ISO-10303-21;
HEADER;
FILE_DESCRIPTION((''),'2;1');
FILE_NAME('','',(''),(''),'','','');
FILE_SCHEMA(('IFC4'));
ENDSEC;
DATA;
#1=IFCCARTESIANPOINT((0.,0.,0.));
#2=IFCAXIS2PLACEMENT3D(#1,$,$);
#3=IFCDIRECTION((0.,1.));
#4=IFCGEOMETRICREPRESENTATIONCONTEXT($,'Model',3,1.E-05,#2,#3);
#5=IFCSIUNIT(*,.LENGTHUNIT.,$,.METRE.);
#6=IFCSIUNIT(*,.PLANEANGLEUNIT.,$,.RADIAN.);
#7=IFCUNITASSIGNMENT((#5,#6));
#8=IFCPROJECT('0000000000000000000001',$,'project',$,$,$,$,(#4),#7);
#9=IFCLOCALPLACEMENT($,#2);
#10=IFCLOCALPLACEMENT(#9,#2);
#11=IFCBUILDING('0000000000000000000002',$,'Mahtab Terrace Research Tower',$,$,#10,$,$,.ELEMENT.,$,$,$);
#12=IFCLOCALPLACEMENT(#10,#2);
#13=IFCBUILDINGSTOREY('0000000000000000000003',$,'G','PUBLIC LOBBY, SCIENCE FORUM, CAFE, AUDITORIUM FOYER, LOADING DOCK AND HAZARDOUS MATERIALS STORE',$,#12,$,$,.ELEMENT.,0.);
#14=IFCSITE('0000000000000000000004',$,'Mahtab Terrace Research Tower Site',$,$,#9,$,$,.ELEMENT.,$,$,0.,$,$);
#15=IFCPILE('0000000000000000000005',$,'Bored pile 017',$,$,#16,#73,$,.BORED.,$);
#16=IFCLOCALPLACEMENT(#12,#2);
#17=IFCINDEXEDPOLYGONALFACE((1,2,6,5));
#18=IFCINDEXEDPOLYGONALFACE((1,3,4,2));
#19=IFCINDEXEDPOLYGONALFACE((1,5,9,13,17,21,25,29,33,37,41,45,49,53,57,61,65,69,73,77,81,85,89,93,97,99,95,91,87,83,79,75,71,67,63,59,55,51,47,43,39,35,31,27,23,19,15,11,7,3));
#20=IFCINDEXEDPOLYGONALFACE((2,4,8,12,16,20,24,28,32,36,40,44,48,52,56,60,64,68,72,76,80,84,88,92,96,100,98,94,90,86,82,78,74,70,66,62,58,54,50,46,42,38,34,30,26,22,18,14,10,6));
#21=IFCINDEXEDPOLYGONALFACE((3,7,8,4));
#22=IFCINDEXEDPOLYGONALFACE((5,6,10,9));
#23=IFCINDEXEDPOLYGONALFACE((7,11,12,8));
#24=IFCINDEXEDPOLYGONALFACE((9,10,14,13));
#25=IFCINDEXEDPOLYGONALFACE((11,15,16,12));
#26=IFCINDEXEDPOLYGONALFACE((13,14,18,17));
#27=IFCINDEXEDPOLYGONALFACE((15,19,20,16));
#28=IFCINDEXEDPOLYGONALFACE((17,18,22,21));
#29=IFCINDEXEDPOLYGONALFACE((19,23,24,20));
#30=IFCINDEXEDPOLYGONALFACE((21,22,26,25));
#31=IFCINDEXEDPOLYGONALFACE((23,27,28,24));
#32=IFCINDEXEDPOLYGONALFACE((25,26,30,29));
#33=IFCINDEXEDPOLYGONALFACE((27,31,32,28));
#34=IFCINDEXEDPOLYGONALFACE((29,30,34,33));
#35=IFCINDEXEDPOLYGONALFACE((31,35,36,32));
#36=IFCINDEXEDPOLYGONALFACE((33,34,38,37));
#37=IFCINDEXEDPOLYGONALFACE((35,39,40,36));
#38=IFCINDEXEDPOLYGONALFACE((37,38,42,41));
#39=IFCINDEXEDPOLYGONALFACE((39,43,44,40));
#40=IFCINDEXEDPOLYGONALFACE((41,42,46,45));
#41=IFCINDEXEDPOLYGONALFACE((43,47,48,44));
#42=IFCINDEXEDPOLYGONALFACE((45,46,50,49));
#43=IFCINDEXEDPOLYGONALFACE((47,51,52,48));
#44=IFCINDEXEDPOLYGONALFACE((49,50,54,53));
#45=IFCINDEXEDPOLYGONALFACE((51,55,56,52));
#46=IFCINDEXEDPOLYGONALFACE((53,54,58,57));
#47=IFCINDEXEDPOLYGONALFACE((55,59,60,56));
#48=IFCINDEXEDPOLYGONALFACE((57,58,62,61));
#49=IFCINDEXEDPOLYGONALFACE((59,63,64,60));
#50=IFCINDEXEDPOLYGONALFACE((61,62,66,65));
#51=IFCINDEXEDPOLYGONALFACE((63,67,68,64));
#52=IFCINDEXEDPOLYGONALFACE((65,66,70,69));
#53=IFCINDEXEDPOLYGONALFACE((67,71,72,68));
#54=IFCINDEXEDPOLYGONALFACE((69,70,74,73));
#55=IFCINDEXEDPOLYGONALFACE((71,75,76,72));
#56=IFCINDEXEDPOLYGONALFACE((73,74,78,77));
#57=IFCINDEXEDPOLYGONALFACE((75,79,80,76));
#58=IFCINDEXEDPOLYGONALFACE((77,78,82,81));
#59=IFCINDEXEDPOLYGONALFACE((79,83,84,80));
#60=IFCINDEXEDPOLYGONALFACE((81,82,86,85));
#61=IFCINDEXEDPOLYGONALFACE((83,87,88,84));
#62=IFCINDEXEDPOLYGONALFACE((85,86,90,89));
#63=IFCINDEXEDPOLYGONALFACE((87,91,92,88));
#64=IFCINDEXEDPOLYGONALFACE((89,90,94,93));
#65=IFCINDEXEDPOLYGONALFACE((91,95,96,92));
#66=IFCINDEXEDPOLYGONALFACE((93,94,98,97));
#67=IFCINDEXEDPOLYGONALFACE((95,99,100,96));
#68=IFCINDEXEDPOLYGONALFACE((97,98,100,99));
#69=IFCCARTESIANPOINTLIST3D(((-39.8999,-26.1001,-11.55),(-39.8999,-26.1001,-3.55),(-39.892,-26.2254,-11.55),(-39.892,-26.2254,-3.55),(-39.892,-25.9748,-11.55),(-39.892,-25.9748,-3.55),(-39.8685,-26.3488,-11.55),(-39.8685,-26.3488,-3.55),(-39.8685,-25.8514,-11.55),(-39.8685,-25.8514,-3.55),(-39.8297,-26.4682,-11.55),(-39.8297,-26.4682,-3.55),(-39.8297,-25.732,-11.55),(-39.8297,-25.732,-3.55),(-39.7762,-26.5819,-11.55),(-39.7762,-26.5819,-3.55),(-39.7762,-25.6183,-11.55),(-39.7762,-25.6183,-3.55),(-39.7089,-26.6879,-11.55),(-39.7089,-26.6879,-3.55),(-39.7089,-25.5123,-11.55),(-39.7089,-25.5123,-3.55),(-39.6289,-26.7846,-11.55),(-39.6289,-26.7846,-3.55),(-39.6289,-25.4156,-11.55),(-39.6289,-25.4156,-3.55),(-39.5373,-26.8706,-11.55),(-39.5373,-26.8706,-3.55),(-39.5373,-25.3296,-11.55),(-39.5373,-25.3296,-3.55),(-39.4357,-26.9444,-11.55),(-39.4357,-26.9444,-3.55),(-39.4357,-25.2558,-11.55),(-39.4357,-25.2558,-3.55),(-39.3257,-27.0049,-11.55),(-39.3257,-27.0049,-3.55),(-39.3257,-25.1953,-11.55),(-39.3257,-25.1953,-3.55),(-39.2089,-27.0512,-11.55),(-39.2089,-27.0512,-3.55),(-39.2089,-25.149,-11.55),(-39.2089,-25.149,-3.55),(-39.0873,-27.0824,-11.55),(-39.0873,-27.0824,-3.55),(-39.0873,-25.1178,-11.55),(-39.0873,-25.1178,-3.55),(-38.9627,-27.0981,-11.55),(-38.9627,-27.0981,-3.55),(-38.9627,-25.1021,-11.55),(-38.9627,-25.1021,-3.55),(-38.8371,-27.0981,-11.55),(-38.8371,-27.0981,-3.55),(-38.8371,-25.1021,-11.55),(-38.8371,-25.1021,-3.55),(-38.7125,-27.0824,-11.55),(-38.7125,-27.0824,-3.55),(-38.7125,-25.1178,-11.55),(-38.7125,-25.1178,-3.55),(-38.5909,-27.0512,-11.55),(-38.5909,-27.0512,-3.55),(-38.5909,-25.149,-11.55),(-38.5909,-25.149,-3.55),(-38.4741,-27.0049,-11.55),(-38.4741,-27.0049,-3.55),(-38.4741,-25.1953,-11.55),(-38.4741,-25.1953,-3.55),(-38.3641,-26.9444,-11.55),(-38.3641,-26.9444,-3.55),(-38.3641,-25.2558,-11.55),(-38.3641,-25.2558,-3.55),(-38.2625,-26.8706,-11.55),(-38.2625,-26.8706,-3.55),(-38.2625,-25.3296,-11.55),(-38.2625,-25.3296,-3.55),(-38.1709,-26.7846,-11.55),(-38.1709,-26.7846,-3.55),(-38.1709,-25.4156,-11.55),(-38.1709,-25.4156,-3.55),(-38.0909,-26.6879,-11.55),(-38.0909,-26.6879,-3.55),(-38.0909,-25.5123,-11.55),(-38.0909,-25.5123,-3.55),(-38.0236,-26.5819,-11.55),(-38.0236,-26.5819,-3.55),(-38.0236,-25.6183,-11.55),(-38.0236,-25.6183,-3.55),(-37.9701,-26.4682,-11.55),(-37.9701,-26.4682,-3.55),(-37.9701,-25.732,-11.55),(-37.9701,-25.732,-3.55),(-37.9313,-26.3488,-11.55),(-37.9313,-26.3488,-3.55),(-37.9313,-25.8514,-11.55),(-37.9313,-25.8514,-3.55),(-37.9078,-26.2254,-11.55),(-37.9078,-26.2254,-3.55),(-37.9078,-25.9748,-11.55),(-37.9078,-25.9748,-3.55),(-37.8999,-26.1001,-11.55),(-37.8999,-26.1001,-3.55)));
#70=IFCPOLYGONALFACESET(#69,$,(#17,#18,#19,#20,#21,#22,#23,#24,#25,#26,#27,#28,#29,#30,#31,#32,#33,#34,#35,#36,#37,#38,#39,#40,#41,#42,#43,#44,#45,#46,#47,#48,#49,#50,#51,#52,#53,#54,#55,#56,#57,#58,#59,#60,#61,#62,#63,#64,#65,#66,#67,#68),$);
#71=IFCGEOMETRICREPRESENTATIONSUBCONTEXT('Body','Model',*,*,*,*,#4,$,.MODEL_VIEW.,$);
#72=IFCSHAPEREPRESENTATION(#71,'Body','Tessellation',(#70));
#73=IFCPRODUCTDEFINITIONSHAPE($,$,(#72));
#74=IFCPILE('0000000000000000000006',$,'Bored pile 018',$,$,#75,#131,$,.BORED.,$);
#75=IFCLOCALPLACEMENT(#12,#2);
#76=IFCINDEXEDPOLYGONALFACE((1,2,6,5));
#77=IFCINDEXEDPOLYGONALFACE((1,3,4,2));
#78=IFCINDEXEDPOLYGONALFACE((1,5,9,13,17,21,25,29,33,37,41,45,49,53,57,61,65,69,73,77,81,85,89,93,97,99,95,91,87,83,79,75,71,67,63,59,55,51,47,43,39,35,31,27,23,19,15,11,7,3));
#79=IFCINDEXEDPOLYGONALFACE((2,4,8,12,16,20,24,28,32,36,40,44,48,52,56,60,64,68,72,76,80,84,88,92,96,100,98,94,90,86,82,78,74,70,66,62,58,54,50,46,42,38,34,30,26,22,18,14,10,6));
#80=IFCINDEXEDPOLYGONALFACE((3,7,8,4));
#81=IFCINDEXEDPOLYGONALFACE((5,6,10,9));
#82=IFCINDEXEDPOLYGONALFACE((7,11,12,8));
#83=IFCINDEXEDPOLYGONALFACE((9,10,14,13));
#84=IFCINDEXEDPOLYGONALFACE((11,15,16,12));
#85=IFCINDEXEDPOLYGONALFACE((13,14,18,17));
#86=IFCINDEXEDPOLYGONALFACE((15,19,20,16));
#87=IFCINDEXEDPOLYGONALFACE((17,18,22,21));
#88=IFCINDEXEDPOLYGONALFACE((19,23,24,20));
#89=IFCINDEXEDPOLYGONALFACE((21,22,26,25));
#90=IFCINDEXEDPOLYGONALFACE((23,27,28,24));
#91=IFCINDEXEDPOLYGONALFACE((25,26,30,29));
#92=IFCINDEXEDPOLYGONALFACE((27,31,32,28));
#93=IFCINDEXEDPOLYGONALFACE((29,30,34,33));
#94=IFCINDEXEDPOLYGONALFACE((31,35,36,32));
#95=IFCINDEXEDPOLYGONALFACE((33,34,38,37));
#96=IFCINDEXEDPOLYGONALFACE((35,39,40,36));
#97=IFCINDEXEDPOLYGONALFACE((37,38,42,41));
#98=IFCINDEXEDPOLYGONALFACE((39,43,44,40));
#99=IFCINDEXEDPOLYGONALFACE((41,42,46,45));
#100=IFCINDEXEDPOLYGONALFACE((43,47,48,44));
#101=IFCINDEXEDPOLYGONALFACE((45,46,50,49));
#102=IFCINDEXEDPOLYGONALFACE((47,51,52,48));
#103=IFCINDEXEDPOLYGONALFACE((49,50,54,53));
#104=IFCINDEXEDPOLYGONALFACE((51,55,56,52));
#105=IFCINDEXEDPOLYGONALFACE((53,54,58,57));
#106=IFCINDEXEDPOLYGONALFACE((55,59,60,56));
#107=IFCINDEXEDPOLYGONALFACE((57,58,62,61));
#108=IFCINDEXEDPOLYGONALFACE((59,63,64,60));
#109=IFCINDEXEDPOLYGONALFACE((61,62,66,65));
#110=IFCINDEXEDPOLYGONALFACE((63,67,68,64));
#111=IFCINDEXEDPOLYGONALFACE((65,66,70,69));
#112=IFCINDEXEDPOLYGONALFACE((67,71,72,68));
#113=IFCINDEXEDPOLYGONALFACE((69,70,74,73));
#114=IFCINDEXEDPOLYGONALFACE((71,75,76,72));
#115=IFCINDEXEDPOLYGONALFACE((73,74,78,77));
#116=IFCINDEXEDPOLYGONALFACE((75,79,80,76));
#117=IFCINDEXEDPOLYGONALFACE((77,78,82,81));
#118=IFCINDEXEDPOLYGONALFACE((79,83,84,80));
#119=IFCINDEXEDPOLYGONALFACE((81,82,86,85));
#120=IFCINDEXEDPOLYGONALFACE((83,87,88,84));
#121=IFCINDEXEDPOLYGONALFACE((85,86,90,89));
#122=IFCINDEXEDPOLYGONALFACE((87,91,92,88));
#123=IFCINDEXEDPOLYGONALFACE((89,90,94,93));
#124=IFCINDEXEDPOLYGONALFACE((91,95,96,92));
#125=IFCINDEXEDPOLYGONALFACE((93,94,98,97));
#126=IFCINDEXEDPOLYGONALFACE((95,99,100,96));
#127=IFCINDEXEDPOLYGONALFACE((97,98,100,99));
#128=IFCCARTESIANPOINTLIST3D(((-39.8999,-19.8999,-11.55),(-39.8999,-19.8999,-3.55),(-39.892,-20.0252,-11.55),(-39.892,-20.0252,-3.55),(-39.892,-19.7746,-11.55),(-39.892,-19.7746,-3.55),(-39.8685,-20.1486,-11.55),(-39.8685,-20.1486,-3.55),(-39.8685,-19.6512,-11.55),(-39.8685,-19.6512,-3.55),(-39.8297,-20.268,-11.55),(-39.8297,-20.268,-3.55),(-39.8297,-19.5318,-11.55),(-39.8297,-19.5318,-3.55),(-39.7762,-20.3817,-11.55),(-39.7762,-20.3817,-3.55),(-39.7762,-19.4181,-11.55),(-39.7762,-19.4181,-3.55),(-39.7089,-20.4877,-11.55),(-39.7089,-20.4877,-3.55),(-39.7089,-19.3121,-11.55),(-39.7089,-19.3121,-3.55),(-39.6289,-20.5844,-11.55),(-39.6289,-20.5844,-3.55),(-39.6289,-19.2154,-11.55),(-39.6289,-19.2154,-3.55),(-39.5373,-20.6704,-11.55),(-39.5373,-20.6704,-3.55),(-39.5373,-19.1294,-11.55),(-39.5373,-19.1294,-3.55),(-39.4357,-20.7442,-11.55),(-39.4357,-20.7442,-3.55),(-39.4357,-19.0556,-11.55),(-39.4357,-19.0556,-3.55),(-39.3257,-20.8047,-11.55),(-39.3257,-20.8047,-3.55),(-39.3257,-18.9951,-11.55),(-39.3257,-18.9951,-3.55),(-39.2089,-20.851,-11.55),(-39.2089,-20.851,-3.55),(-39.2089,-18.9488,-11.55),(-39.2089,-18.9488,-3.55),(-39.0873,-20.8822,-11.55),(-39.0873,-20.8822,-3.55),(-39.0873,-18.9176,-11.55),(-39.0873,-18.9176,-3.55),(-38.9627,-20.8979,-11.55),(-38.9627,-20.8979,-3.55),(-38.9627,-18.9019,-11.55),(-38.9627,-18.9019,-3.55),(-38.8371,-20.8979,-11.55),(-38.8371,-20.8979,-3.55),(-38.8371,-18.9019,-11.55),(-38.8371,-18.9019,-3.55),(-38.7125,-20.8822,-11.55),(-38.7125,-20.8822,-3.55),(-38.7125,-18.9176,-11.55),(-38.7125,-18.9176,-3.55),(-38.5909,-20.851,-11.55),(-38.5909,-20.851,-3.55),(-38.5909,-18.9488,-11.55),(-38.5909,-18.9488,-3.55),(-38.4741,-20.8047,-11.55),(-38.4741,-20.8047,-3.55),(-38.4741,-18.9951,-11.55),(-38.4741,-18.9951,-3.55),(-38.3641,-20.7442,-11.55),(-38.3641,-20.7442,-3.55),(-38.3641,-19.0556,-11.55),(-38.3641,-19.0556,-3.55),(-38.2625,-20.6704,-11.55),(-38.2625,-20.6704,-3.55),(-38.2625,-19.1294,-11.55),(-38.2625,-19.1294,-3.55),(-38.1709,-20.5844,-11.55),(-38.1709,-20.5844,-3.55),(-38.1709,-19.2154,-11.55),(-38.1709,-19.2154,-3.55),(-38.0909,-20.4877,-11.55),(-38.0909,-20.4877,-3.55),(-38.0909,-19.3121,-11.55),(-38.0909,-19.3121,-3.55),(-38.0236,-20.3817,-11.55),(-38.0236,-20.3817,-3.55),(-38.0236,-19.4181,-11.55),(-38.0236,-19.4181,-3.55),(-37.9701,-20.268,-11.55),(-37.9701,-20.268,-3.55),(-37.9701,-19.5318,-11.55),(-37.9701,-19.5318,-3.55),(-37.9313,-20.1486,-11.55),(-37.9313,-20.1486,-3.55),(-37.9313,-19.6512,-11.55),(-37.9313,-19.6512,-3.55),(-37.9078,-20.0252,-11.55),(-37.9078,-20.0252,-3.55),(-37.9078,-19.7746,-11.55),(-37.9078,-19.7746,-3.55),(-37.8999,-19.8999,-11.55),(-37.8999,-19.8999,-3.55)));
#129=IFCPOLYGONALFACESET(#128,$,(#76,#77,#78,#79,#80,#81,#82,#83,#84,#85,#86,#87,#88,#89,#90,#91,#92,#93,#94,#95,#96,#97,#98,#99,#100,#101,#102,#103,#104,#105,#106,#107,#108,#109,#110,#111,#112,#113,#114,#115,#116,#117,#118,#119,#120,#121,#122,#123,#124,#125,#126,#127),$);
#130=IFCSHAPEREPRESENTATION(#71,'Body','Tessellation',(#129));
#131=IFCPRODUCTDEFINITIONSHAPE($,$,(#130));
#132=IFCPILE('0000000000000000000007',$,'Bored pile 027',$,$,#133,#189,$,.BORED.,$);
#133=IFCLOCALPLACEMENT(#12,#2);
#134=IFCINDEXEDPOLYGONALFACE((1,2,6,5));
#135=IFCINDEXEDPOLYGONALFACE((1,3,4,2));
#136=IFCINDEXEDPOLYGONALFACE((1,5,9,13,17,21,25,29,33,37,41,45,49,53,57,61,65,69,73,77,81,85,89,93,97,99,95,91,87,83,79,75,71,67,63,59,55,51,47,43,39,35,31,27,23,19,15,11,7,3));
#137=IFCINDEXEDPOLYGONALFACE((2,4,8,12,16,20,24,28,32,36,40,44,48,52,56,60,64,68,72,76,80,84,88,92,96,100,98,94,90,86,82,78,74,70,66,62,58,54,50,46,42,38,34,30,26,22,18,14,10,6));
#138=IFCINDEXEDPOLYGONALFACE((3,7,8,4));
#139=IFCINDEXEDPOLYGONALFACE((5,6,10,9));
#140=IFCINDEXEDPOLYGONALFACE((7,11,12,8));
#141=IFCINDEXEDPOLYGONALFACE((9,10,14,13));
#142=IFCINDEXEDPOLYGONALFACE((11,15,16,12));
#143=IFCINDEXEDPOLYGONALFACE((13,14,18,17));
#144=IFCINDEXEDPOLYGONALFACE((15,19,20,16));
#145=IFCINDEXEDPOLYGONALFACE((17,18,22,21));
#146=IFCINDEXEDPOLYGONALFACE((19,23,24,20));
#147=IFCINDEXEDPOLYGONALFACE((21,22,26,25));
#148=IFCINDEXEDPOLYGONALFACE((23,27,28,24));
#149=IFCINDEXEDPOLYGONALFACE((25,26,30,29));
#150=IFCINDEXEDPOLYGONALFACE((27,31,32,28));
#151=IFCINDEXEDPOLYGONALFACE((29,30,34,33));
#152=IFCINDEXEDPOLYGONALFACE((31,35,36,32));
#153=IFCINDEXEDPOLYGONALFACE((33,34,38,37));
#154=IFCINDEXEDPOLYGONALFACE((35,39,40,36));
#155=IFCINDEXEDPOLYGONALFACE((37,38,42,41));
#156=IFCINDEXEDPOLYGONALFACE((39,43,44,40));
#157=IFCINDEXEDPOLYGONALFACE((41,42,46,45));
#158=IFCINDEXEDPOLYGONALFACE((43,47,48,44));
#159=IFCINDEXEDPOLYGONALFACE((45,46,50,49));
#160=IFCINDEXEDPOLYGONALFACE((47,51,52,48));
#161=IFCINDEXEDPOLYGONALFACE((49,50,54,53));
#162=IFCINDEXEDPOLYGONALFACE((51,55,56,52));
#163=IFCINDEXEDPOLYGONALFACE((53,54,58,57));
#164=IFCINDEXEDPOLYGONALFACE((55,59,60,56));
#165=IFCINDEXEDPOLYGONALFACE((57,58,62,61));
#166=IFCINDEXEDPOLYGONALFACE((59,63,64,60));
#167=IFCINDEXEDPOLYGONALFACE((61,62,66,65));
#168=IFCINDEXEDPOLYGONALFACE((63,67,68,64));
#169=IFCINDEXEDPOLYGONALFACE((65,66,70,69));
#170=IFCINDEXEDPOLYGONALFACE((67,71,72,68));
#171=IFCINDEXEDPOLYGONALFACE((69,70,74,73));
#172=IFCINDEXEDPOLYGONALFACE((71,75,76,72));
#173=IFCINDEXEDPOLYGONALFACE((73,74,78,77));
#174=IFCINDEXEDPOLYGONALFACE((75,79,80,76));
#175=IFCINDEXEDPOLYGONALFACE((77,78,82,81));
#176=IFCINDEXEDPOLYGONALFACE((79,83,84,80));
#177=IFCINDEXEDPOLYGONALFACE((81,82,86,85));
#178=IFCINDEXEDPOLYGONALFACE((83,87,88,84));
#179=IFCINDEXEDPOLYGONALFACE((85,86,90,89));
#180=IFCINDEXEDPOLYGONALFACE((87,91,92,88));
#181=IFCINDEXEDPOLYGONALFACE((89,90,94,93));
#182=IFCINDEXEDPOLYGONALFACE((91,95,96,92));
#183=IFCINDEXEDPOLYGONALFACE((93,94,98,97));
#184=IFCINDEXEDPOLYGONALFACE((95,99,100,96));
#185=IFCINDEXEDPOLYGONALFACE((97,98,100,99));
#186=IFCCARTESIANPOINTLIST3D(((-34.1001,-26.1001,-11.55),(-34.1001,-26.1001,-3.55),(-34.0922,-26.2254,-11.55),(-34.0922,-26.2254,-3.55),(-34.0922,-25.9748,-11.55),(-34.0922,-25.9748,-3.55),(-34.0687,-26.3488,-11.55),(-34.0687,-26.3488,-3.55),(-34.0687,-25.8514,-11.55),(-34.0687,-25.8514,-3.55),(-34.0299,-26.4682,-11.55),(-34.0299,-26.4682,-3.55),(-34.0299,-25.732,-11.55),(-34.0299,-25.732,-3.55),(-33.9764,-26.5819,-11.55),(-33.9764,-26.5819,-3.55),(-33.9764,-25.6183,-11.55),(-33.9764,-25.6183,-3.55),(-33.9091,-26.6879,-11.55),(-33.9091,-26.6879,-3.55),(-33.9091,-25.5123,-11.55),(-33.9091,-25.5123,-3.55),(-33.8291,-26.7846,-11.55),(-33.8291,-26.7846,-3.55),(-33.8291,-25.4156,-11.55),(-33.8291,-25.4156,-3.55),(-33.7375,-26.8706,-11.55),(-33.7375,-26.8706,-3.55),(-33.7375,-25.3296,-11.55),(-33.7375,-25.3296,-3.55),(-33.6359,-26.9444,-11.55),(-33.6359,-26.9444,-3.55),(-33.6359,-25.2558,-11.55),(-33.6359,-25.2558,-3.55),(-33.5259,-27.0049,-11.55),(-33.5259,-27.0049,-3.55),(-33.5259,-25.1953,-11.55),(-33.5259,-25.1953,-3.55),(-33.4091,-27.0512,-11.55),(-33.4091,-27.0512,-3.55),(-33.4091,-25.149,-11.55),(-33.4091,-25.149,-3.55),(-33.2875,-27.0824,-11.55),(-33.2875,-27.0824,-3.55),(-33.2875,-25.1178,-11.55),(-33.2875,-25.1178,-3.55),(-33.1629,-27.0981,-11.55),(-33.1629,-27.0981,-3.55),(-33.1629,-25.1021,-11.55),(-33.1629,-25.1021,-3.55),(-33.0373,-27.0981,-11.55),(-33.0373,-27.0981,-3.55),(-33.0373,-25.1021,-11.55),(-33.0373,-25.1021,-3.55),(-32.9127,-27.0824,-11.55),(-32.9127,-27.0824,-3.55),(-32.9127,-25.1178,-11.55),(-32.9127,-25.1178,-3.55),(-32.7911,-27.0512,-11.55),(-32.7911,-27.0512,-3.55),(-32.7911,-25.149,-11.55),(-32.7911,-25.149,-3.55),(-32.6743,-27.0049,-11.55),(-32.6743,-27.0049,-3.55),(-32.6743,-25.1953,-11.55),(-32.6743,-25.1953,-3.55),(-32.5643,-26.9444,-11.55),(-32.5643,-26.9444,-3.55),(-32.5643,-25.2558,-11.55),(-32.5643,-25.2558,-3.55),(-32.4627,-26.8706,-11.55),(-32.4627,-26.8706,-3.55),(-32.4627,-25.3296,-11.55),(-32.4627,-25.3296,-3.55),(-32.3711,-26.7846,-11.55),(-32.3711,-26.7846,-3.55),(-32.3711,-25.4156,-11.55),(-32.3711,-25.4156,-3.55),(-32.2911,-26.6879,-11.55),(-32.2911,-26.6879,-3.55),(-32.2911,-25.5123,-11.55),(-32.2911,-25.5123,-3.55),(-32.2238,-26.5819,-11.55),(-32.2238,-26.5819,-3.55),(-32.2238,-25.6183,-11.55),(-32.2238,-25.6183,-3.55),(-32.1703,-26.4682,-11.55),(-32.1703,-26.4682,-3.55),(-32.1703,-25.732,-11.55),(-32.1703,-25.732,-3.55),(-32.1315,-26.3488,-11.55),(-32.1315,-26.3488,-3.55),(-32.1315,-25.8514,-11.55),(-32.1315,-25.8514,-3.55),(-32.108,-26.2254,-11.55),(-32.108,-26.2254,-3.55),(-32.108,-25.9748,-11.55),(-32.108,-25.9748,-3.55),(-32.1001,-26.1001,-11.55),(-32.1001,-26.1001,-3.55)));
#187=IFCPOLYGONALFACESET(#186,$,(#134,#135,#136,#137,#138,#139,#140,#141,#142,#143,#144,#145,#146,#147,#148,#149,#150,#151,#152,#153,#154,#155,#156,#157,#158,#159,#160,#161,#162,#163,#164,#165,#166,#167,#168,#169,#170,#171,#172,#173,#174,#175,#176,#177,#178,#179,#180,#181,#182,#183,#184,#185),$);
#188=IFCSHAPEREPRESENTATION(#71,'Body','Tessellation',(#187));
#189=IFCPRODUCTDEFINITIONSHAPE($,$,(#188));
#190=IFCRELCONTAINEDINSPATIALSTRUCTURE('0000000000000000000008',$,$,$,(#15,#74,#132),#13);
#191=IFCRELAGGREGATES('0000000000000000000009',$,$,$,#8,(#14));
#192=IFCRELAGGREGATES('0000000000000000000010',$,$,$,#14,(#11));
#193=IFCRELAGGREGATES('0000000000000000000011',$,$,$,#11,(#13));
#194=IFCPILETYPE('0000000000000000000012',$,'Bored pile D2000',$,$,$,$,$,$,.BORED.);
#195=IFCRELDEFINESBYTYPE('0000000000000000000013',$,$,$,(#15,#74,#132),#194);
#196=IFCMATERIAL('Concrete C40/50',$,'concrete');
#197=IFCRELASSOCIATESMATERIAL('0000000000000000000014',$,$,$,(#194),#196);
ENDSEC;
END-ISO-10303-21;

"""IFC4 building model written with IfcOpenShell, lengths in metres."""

from ifc_helpers import new_model, si_unit, direction, frame, origin, origin_2d, place, context, subcontext, project, spatial, circle, extrude, material, material_profile, profile_set, type_object, element, save


model = new_model("IFC4")

# Units and contexts
model_context = context("Model", 3, precision=1e-05, world=origin(), true_north=direction((0.0, 1.0)))
body_context = subcontext(model_context, "Body", "Model", "MODEL_VIEW")
ifc_project = project(units=[si_unit("LENGTHUNIT", "METRE"), si_unit("PLANEANGLEUNIT", "RADIAN")], contexts=[model_context])

# Site, building, storey
site_placement = place(None, origin())
site = spatial("IfcSite", under=ifc_project, at=site_placement, Name="Mahtab Terrace Research Tower Site", CompositionType="ELEMENT", RefElevation=0.0)
building_placement = place(site_placement, origin())
building = spatial("IfcBuilding", under=site, at=building_placement, Name="Mahtab Terrace Research Tower", CompositionType="ELEMENT")
storey_placement = place(building_placement, origin())
storey = spatial("IfcBuildingStorey", under=building, at=storey_placement, Name="G", Description="PUBLIC LOBBY, SCIENCE FORUM, CAFE, AUDITORIUM FOYER, LOADING DOCK AND HAZARDOUS MATERIALS STORE", CompositionType="ELEMENT", Elevation=0.0)

# Piles
ifc_material_1 = material(Name="Concrete C40/50", Category="concrete")
ifc_material_profile_1 = material_profile(ifc_material_1, circle(Radius=1.0, at=origin_2d()), Name="Bored pile D2000")
ifc_profile_set_1 = profile_set([ifc_material_profile_1], Name="Concrete C40/50")
pile_type_1 = type_object("IfcPileType", Name="Bored pile D2000", PredefinedType="BORED", material=ifc_profile_set_1)
for number, where, z_axis, x_axis, name in (
    (1, (-38.8999, -26.1001, -3.55), (0.0, 0.0, -1.0), (1.0, 0.0, 0.0), "Bored pile 017"),
    (2, (-38.8999, -19.8999, -3.55), (0.0, 0.0, -1.0), (1.0, 0.0, 0.0), "Bored pile 018"),
    (3, (-33.1001, -26.1001, -3.55), (0.0, 0.0, -1.0), (1.0, 0.0, 0.0), "Bored pile 027"),
):
    element("IfcPile", number, at=place(storey_placement, frame(where, z_axis=z_axis, x_axis=x_axis)), inside=storey, type_object=pile_type_1, Name=name, PredefinedType="BORED", context=body_context, shape_type="SweptSolid", body=[
        extrude(circle(Radius=1.0, at=origin_2d()), origin(), (0.0, 0.0, 1.0), 8.0),
    ])

save(model, "model.ifc")
